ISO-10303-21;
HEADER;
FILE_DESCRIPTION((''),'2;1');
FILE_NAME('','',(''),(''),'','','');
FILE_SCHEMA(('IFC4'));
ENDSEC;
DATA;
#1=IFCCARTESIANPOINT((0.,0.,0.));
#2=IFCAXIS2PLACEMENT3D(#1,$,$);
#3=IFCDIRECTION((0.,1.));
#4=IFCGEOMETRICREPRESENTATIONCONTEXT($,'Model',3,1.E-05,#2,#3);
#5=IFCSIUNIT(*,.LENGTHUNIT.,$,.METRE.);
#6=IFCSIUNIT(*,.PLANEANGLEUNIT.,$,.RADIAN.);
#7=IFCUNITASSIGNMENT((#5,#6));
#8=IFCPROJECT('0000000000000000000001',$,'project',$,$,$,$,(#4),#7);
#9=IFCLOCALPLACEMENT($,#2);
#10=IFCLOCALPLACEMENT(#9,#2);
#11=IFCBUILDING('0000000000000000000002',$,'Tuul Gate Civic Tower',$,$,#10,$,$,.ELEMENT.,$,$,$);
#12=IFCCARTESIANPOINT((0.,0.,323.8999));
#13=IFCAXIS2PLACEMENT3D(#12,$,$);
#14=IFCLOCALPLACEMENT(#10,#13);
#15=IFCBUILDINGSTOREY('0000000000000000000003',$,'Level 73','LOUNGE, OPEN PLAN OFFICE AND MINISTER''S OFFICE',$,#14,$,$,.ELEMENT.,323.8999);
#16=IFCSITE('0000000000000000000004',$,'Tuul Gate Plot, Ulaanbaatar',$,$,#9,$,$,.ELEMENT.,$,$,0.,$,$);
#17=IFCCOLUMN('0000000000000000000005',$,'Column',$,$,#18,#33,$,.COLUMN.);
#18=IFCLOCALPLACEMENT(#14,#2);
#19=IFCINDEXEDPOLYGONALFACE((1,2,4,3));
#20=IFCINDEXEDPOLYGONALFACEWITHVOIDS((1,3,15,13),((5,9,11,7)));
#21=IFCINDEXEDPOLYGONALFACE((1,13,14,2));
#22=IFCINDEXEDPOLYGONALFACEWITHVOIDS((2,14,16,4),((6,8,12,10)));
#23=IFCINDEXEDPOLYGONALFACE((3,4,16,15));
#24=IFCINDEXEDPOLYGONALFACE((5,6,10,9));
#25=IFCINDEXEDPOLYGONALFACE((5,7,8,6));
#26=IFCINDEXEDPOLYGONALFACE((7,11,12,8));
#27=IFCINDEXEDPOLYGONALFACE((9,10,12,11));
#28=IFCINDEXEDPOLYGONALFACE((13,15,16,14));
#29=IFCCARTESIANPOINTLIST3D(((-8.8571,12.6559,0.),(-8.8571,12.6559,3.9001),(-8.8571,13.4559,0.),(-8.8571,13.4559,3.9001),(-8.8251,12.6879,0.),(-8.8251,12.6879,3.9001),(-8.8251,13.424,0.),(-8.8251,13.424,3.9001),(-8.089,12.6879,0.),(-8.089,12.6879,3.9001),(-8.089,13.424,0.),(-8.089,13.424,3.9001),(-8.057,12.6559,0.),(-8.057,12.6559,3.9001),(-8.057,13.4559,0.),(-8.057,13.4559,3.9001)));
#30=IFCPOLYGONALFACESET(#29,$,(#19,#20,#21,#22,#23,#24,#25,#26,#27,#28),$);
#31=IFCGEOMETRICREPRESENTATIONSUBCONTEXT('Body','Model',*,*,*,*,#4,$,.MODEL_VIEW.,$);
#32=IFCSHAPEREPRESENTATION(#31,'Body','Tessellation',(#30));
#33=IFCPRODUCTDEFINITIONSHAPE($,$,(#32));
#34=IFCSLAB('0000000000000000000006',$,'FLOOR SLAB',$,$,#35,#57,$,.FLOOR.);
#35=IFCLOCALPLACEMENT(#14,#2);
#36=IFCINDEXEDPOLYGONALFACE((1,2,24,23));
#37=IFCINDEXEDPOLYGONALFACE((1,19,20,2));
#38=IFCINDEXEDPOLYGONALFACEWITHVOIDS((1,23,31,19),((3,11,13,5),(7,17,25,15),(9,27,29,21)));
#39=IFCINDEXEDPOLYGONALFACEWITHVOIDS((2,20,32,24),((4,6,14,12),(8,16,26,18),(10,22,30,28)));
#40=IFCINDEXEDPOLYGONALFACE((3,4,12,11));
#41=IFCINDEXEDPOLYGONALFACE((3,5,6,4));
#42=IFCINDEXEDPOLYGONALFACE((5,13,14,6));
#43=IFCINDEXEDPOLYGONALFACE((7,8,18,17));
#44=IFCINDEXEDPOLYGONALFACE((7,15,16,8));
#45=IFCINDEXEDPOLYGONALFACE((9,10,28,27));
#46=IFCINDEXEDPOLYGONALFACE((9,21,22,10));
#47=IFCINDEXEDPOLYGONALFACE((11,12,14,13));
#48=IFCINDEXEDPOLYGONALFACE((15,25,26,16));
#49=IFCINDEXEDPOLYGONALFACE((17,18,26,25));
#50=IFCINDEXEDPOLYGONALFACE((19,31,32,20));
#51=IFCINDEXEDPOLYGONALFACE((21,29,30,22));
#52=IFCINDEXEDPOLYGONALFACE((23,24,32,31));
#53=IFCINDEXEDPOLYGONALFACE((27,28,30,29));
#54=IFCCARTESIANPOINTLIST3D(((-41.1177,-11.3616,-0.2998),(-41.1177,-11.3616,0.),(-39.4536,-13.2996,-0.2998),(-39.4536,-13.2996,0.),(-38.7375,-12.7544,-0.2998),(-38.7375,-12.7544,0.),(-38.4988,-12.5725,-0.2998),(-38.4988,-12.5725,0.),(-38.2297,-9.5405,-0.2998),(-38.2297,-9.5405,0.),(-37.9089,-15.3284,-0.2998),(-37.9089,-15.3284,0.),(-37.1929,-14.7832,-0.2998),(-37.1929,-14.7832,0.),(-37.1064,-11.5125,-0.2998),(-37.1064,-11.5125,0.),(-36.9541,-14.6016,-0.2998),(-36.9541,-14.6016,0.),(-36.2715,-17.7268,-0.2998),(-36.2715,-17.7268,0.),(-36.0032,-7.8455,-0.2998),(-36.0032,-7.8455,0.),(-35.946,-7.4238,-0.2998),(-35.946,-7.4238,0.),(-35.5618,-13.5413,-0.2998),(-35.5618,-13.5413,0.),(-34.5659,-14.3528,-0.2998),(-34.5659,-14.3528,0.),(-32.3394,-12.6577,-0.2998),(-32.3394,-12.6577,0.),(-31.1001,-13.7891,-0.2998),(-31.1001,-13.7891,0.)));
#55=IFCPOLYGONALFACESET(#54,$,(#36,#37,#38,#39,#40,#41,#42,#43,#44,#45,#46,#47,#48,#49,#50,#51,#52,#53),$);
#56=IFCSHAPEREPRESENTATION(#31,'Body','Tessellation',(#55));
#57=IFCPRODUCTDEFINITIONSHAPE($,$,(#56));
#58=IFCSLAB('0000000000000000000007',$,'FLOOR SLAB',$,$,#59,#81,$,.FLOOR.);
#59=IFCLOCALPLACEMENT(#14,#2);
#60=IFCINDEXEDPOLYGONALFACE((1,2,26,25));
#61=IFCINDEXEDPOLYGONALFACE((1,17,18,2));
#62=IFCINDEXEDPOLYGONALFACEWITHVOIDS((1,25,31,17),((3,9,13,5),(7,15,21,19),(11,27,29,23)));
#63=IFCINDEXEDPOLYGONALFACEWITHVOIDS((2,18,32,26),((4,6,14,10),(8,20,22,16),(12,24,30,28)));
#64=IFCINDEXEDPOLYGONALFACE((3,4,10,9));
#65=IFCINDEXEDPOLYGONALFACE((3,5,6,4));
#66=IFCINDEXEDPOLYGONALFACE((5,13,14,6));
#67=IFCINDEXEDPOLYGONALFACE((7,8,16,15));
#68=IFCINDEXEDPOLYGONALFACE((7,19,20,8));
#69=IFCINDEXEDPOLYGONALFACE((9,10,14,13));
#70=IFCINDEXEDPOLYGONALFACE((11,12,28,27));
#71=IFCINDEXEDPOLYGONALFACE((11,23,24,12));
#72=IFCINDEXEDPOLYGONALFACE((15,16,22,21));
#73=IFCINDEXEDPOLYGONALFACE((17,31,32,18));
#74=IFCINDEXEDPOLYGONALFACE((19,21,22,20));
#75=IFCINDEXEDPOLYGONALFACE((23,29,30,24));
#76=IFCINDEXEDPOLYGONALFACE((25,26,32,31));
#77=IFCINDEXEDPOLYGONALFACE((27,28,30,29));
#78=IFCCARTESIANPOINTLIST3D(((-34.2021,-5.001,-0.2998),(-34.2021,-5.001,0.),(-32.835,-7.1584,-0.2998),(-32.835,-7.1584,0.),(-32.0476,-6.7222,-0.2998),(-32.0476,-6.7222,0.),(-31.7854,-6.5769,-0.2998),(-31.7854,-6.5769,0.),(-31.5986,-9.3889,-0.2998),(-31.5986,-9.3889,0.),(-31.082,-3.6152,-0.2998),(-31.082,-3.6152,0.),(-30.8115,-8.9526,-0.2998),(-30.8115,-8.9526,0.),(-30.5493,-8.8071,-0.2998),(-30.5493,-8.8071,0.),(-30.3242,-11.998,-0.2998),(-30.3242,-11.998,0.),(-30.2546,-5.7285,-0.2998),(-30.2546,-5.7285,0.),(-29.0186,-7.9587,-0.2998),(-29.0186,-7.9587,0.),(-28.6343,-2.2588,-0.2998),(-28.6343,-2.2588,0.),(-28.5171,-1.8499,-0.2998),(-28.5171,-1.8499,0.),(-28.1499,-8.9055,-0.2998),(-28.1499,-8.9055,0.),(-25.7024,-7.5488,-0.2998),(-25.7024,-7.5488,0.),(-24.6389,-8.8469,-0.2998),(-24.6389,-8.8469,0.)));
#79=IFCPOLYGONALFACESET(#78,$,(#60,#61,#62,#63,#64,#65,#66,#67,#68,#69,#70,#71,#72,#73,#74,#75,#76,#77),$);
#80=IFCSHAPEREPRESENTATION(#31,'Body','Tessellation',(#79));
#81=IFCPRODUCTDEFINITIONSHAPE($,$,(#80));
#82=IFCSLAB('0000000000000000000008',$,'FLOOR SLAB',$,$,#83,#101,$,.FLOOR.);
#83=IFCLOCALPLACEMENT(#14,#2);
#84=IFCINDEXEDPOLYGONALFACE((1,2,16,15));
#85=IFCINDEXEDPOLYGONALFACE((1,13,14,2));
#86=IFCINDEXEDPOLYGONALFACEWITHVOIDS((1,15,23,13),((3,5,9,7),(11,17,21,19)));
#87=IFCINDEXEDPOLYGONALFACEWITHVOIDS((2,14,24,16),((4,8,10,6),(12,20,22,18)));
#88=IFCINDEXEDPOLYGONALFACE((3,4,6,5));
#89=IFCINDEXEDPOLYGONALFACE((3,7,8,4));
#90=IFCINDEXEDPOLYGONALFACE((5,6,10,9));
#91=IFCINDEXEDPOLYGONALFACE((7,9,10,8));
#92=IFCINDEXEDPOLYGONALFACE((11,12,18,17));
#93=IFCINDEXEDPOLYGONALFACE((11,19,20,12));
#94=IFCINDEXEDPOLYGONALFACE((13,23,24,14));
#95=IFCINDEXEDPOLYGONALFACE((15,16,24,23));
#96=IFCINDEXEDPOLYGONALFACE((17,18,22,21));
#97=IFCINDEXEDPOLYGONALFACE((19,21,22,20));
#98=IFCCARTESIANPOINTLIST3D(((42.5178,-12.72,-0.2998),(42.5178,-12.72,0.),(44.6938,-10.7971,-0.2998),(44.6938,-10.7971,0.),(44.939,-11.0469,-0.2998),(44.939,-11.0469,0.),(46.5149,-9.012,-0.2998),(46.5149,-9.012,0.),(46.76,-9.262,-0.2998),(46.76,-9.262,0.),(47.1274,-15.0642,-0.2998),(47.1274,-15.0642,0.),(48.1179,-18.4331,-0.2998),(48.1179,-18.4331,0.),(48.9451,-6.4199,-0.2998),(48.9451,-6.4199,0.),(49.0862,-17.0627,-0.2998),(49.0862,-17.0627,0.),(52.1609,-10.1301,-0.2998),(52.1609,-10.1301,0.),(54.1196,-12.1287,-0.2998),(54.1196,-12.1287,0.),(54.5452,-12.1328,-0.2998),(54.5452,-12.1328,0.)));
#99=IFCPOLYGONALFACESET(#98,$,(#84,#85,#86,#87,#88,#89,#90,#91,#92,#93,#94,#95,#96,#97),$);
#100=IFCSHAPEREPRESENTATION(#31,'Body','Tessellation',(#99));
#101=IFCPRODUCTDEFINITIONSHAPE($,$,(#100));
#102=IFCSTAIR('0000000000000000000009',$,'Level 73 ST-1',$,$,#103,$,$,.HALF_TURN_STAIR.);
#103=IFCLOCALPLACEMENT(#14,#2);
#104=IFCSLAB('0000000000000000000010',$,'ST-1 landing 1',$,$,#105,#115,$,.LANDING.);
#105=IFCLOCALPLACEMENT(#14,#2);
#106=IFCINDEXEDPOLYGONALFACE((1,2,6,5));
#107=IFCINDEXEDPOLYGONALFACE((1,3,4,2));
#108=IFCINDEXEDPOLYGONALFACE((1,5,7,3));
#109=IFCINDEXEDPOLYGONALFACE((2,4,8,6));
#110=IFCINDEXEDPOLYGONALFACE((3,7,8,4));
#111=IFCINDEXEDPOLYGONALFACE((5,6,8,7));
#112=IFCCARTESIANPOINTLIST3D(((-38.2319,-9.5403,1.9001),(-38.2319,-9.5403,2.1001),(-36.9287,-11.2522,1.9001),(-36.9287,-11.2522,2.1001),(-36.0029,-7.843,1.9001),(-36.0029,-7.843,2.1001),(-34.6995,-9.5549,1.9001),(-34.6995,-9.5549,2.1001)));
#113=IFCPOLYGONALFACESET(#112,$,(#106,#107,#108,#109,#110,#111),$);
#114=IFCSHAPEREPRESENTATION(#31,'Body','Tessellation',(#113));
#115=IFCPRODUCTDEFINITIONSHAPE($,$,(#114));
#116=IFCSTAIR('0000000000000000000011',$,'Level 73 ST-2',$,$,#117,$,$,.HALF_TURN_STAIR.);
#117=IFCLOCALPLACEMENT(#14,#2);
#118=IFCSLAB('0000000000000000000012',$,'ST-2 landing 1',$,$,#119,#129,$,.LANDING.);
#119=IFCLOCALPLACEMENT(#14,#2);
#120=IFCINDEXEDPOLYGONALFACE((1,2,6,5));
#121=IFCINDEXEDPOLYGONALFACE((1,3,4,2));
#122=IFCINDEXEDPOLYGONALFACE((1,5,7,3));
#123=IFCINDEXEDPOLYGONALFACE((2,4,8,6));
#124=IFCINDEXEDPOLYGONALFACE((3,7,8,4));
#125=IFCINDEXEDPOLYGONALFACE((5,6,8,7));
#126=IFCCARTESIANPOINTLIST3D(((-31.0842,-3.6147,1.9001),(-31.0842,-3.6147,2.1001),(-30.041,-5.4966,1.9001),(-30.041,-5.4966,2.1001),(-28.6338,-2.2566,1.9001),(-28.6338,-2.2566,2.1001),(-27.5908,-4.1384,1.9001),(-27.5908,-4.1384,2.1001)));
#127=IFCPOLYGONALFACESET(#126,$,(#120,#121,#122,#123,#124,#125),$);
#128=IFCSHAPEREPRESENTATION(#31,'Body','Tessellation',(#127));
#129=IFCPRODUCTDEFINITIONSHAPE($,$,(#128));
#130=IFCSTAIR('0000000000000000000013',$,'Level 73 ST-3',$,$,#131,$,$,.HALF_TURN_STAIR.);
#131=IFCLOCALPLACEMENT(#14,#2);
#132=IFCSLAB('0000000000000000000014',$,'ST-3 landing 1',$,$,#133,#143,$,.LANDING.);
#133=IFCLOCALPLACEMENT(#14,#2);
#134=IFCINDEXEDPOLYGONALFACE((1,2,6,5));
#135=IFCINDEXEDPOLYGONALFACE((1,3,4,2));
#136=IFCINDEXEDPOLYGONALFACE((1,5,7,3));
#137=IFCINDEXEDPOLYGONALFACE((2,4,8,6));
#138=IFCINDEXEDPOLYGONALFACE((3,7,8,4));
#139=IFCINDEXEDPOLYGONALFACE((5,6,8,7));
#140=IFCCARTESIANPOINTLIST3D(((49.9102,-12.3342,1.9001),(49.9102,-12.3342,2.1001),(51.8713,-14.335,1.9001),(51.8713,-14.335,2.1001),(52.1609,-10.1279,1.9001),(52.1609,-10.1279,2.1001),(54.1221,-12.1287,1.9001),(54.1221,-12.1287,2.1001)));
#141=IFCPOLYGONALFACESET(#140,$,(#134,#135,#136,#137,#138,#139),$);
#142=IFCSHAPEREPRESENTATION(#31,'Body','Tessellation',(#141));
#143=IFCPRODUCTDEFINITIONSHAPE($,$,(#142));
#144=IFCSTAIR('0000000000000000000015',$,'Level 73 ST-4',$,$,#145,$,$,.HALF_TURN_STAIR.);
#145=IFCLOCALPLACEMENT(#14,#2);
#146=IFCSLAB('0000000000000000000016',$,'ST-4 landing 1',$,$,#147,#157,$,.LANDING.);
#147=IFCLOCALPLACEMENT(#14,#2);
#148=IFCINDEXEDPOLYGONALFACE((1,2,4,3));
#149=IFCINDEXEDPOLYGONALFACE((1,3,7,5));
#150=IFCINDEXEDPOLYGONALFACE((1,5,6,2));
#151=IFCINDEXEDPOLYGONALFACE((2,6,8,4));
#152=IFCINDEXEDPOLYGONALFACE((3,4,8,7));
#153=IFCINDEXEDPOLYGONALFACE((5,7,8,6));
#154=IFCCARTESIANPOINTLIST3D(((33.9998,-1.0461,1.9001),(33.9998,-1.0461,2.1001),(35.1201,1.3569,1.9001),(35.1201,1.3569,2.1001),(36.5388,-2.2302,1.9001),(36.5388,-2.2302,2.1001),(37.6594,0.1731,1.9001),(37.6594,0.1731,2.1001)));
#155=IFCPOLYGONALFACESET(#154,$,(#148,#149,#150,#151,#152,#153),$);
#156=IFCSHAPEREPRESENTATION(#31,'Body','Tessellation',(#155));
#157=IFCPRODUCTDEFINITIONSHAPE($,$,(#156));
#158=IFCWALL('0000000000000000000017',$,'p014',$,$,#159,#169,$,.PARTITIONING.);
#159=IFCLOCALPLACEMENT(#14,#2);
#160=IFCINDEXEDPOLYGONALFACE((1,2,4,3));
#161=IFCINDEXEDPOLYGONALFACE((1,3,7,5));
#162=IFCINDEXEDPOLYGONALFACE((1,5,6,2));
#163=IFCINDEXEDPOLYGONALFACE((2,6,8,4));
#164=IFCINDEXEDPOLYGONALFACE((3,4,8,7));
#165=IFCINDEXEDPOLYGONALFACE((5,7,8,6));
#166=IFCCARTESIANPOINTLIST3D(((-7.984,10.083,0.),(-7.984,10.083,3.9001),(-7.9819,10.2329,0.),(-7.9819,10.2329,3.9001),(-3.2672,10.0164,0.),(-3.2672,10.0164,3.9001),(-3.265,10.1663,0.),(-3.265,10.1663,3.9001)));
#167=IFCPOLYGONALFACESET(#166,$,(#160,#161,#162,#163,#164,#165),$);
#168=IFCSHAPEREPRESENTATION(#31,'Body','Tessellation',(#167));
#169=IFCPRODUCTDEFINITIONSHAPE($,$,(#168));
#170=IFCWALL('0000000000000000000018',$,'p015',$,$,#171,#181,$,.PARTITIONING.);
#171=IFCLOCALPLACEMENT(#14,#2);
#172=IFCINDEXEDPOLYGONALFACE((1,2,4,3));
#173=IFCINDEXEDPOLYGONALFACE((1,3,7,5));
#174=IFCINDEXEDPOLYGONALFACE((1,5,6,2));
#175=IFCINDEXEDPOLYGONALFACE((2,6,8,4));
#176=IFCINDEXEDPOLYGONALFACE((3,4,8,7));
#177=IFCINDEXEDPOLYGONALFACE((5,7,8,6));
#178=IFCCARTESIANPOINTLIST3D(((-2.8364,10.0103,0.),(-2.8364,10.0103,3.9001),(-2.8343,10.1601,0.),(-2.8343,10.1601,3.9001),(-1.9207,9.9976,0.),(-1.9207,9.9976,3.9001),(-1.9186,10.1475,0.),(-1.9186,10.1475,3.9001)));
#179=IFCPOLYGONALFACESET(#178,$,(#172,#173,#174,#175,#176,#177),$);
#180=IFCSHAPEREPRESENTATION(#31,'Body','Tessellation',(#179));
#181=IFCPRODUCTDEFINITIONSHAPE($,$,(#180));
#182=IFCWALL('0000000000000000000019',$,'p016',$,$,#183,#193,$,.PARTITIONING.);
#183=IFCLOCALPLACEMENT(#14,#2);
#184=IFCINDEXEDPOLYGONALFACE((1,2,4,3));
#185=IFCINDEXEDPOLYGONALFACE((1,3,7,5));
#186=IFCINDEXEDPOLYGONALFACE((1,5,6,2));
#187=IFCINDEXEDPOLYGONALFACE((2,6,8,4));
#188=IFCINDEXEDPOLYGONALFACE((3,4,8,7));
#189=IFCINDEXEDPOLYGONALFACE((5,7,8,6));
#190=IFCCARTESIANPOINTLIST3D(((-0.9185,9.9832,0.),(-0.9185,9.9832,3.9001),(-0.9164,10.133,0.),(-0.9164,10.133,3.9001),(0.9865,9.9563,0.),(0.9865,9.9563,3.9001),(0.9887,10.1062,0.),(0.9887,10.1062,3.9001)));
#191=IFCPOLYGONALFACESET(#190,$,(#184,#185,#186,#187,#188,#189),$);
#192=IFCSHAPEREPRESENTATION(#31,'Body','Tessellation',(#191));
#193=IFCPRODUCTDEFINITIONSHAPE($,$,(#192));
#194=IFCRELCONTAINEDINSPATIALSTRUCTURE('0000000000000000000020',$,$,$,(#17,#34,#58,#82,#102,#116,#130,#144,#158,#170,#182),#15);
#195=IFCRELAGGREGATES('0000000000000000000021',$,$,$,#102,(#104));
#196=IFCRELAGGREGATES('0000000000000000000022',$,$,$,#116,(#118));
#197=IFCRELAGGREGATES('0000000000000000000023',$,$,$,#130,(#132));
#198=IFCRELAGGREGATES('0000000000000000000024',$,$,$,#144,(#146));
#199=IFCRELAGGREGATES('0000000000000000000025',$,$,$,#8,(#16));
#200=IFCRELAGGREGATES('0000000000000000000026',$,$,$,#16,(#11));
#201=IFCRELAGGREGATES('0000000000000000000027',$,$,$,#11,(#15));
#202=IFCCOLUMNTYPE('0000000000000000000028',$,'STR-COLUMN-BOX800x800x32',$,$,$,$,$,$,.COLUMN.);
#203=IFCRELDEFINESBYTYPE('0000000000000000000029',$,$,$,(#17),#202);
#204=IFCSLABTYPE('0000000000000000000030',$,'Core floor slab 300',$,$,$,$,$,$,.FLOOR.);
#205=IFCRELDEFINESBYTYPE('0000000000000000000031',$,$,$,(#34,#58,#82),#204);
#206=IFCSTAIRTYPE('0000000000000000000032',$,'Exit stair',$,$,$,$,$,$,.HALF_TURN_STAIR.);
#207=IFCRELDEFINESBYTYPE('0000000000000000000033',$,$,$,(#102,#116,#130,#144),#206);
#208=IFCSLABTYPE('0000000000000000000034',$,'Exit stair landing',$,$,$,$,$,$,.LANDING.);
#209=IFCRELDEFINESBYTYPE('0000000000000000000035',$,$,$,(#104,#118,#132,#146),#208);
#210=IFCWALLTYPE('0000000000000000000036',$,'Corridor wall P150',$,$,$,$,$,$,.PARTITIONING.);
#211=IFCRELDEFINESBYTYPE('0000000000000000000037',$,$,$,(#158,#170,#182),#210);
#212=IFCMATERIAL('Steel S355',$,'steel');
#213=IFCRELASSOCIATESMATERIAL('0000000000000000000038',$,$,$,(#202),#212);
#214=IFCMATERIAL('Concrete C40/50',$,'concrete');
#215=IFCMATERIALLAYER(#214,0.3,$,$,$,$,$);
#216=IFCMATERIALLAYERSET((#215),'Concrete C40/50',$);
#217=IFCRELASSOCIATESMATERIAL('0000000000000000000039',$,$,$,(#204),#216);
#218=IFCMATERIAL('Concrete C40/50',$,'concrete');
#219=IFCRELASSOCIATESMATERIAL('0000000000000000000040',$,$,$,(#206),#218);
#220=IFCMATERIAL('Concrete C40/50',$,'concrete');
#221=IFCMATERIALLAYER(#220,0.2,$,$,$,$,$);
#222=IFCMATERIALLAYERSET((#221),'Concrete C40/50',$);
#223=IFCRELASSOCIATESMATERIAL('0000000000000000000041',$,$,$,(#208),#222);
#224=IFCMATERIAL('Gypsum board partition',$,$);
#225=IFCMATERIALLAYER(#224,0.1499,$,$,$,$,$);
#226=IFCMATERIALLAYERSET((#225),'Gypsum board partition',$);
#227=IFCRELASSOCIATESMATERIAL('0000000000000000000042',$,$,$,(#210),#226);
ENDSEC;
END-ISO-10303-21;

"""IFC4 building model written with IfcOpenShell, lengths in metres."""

from ifc_helpers import new_model, si_unit, direction, frame, frame_2d, origin, origin_2d, place, context, subcontext, project, spatial, polyline, rectangle, hollow_rectangle, outline, extrude, material, layer, layer_set, material_profile, profile_set, type_object, element, aggregate, save


model = new_model("IFC4")

# Units and contexts
model_context = context("Model", 3, precision=1e-05, world=origin(), true_north=direction((0.0, 1.0)))
body_context = subcontext(model_context, "Body", "Model", "MODEL_VIEW")
ifc_project = project(units=[si_unit("LENGTHUNIT", "METRE"), si_unit("PLANEANGLEUNIT", "RADIAN")], contexts=[model_context])

# Site, building, storey
site_placement = place(None, origin())
site = spatial("IfcSite", under=ifc_project, at=site_placement, Name="Tuul Gate Plot, Ulaanbaatar", CompositionType="ELEMENT", RefElevation=0.0)
building_placement = place(site_placement, origin())
building = spatial("IfcBuilding", under=site, at=building_placement, Name="Tuul Gate Civic Tower", CompositionType="ELEMENT")
storey_placement = place(building_placement, frame((0.0, 0.0, 323.8999)))
storey = spatial("IfcBuildingStorey", under=building, at=storey_placement, Name="Level 73", Description="LOUNGE, OPEN PLAN OFFICE AND MINISTER'S OFFICE", CompositionType="ELEMENT", Elevation=323.8999)

# Column
ifc_material_1 = material(Name="Steel S355", Category="steel")
ifc_material_profile_1 = material_profile(ifc_material_1, hollow_rectangle(XDim=0.8, YDim=0.8, WallThickness=0.032, at=origin_2d()), Name="BOX800x800x32")
ifc_profile_set_1 = profile_set([ifc_material_profile_1], Name="Steel S355")
column_type = type_object("IfcColumnType", Name="STR-COLUMN-BOX800x800x32", PredefinedType="COLUMN", material=ifc_profile_set_1)
column_placement = place(storey_placement, frame((-8.457, 13.0559, 0.0), z_axis=(0.0, 0.0, 1.0), x_axis=(1.0, 0.0, 0.0)))
element("IfcColumn", 1, at=column_placement, inside=storey, type_object=column_type, Name="Column", PredefinedType="COLUMN", context=body_context, shape_type="SweptSolid", body=[
    extrude(hollow_rectangle(XDim=0.8, YDim=0.8, WallThickness=0.032, at=origin_2d()), origin(), (0.0, 0.0, 1.0), 3.9001),
])

# Slabs
ifc_material_2 = material(Name="Concrete C40/50", Category="concrete")
ifc_layer_1 = layer(ifc_material_2, 0.3)
ifc_layer_set_1 = layer_set([ifc_layer_1], Name="Concrete C40/50")
slab_type_1 = type_object("IfcSlabType", Name="Core floor slab 300", PredefinedType="FLOOR", material=ifc_layer_set_1)
slab_1_placement = place(storey_placement, frame((0.0, 0.0, -0.2998)))
element("IfcSlab", 2, at=slab_1_placement, inside=storey, type_object=slab_type_1, Name="FLOOR SLAB", PredefinedType="FLOOR", context=body_context, shape_type="SweptSolid", body=[
    extrude(outline(polyline([(-31.1001, -13.7891), (-35.946, -7.4238), (-41.1177, -11.3616), (-36.2715, -17.7268), (-31.1001, -13.7891)]), holes=[polyline([(-35.5618, -13.5413), (-37.1064, -11.5125), (-38.4988, -12.5725), (-36.9541, -14.6016), (-35.5618, -13.5413)]), polyline([(-37.1929, -14.7832), (-38.7375, -12.7544), (-39.4536, -13.2996), (-37.9089, -15.3284), (-37.1929, -14.7832)]), polyline([(-32.3394, -12.6577), (-34.5659, -14.3528), (-38.2297, -9.5405), (-36.0032, -7.8455), (-32.3394, -12.6577)])]), origin(), (0.0, 0.0, 1.0), 0.2998),
])
slab_2_placement = place(storey_placement, frame((0.0, 0.0, -0.2998)))
element("IfcSlab", 3, at=slab_2_placement, inside=storey, type_object=slab_type_1, Name="FLOOR SLAB", PredefinedType="FLOOR", context=body_context, shape_type="SweptSolid", body=[
    extrude(outline(polyline([(-24.6389, -8.8469), (-28.5171, -1.8499), (-34.2021, -5.001), (-30.3242, -11.998), (-24.6389, -8.8469)]), holes=[polyline([(-29.0186, -7.9587), (-30.2546, -5.7285), (-31.7854, -6.5769), (-30.5493, -8.8071), (-29.0186, -7.9587)]), polyline([(-30.8115, -8.9526), (-32.0476, -6.7222), (-32.835, -7.1584), (-31.5986, -9.3889), (-30.8115, -8.9526)]), polyline([(-25.7024, -7.5488), (-28.1499, -8.9055), (-31.082, -3.6152), (-28.6343, -2.2588), (-25.7024, -7.5488)])]), origin(), (0.0, 0.0, 1.0), 0.2998),
])
slab_3_placement = place(storey_placement, frame((0.0, 0.0, -0.2998)))
element("IfcSlab", 4, at=slab_3_placement, inside=storey, type_object=slab_type_1, Name="FLOOR SLAB", PredefinedType="FLOOR", context=body_context, shape_type="SweptSolid", body=[
    extrude(outline(polyline([(48.1179, -18.4331), (54.5452, -12.1328), (48.9451, -6.4199), (42.5178, -12.72), (48.1179, -18.4331)]), holes=[polyline([(44.939, -11.0469), (46.76, -9.262), (46.5149, -9.012), (44.6938, -10.7971), (44.939, -11.0469)]), polyline([(49.0862, -17.0627), (47.1274, -15.0642), (52.1609, -10.1301), (54.1196, -12.1287), (49.0862, -17.0627)])]), origin(), (0.0, 0.0, 1.0), 0.2998),
])

# Stairs, slabs
ifc_material_3 = material(Name="Concrete C40/50", Category="concrete")
stair_type = type_object("IfcStairType", Name="Exit stair", PredefinedType="HALF_TURN_STAIR", material=ifc_material_3)
stair_1_placement = place(storey_placement, origin())
stair_1 = element("IfcStair", 5, at=stair_1_placement, inside=storey, type_object=stair_type, Name="Level 73 ST-1", PredefinedType="HALF_TURN_STAIR")
ifc_material_4 = material(Name="Concrete C40/50", Category="concrete")
ifc_layer_2 = layer(ifc_material_4, 0.2)
ifc_layer_set_2 = layer_set([ifc_layer_2], Name="Concrete C40/50")
slab_type_2 = type_object("IfcSlabType", Name="Exit stair landing", PredefinedType="LANDING", material=ifc_layer_set_2)
slab_4_placement = place(storey_placement, frame((0.0, 0.0, 1.9001)))
slab_4 = element("IfcSlab", 6, at=slab_4_placement, type_object=slab_type_2, Name="ST-1 landing 1", PredefinedType="LANDING", context=body_context, shape_type="SweptSolid", body=[
    extrude(outline(polyline([(-34.6995, -9.5549), (-36.9287, -11.2522), (-38.2319, -9.5403), (-36.0029, -7.843), (-34.6995, -9.5549)])), origin(), (0.0, 0.0, 1.0), 0.2),
])
aggregate(stair_1, [slab_4])
stair_2_placement = place(storey_placement, origin())
stair_2 = element("IfcStair", 7, at=stair_2_placement, inside=storey, type_object=stair_type, Name="Level 73 ST-2", PredefinedType="HALF_TURN_STAIR")
slab_5_placement = place(storey_placement, frame((0.0, 0.0, 1.9001)))
slab_5 = element("IfcSlab", 8, at=slab_5_placement, type_object=slab_type_2, Name="ST-2 landing 1", PredefinedType="LANDING", context=body_context, shape_type="SweptSolid", body=[
    extrude(outline(polyline([(-27.5908, -4.1384), (-30.041, -5.4966), (-31.0842, -3.6147), (-28.6338, -2.2566), (-27.5908, -4.1384)])), origin(), (0.0, 0.0, 1.0), 0.2),
])
aggregate(stair_2, [slab_5])
stair_3_placement = place(storey_placement, origin())
stair_3 = element("IfcStair", 9, at=stair_3_placement, inside=storey, type_object=stair_type, Name="Level 73 ST-3", PredefinedType="HALF_TURN_STAIR")
slab_6_placement = place(storey_placement, frame((0.0, 0.0, 1.9001)))
slab_6 = element("IfcSlab", 10, at=slab_6_placement, type_object=slab_type_2, Name="ST-3 landing 1", PredefinedType="LANDING", context=body_context, shape_type="SweptSolid", body=[
    extrude(outline(polyline([(51.8713, -14.335), (49.9102, -12.3342), (52.1609, -10.1279), (54.1221, -12.1287), (51.8713, -14.335)])), origin(), (0.0, 0.0, 1.0), 0.2),
])
aggregate(stair_3, [slab_6])
stair_4_placement = place(storey_placement, origin())
stair_4 = element("IfcStair", 11, at=stair_4_placement, inside=storey, type_object=stair_type, Name="Level 73 ST-4", PredefinedType="HALF_TURN_STAIR")
slab_7_placement = place(storey_placement, frame((0.0, 0.0, 1.9001)))
slab_7 = element("IfcSlab", 12, at=slab_7_placement, type_object=slab_type_2, Name="ST-4 landing 1", PredefinedType="LANDING", context=body_context, shape_type="SweptSolid", body=[
    extrude(outline(polyline([(36.5388, -2.2302), (33.9998, -1.0461), (35.1201, 1.3569), (37.6594, 0.1731), (36.5388, -2.2302)])), origin(), (0.0, 0.0, 1.0), 0.2),
])
aggregate(stair_4, [slab_7])

# Walls
ifc_material_5 = material(Name="Gypsum board partition")
ifc_layer_3 = layer(ifc_material_5, 0.1499)
ifc_layer_set_3 = layer_set([ifc_layer_3], Name="Gypsum board partition")
wall_type_1 = type_object("IfcWallType", Name="Corridor wall P150", PredefinedType="PARTITIONING", material=ifc_layer_set_3)
wall_1_placement = place(storey_placement, frame((-7.9829, 10.158, 0.0), z_axis=(0.0, 0.0, 1.0), x_axis=(0.9999, -0.014129, 0.0)))
element("IfcWall", 13, at=wall_1_placement, inside=storey, type_object=wall_type_1, Name="p014", PredefinedType="PARTITIONING", context=body_context, shape_type="SweptSolid", body=[
    extrude(rectangle(XDim=4.7173, YDim=0.1499, at=frame_2d((2.3586, 0.0))), origin(), (0.0, 0.0, 1.0), 3.9001),
])
wall_2_placement = place(storey_placement, frame((-2.8354, 10.0852, 0.0), z_axis=(0.0, 0.0, 1.0), x_axis=(0.999904, -0.013862, 0.0)))
element("IfcWall", 14, at=wall_2_placement, inside=storey, type_object=wall_type_1, Name="p015", PredefinedType="PARTITIONING", context=body_context, shape_type="SweptSolid", body=[
    extrude(rectangle(XDim=0.9158, YDim=0.1499, at=frame_2d((0.458, 0.0))), origin(), (0.0, 0.0, 1.0), 3.9001),
])
wall_3_placement = place(storey_placement, frame((-0.9175, 10.0581, 0.0), z_axis=(0.0, 0.0, 1.0), x_axis=(0.999901, -0.014096, 0.0)))
element("IfcWall", 15, at=wall_3_placement, inside=storey, type_object=wall_type_1, Name="p016", PredefinedType="PARTITIONING", context=body_context, shape_type="SweptSolid", body=[
    extrude(rectangle(XDim=1.9053, YDim=0.1499, at=frame_2d((0.9526, 0.0))), origin(), (0.0, 0.0, 1.0), 3.9001),
])

save(model, "model.ifc")
